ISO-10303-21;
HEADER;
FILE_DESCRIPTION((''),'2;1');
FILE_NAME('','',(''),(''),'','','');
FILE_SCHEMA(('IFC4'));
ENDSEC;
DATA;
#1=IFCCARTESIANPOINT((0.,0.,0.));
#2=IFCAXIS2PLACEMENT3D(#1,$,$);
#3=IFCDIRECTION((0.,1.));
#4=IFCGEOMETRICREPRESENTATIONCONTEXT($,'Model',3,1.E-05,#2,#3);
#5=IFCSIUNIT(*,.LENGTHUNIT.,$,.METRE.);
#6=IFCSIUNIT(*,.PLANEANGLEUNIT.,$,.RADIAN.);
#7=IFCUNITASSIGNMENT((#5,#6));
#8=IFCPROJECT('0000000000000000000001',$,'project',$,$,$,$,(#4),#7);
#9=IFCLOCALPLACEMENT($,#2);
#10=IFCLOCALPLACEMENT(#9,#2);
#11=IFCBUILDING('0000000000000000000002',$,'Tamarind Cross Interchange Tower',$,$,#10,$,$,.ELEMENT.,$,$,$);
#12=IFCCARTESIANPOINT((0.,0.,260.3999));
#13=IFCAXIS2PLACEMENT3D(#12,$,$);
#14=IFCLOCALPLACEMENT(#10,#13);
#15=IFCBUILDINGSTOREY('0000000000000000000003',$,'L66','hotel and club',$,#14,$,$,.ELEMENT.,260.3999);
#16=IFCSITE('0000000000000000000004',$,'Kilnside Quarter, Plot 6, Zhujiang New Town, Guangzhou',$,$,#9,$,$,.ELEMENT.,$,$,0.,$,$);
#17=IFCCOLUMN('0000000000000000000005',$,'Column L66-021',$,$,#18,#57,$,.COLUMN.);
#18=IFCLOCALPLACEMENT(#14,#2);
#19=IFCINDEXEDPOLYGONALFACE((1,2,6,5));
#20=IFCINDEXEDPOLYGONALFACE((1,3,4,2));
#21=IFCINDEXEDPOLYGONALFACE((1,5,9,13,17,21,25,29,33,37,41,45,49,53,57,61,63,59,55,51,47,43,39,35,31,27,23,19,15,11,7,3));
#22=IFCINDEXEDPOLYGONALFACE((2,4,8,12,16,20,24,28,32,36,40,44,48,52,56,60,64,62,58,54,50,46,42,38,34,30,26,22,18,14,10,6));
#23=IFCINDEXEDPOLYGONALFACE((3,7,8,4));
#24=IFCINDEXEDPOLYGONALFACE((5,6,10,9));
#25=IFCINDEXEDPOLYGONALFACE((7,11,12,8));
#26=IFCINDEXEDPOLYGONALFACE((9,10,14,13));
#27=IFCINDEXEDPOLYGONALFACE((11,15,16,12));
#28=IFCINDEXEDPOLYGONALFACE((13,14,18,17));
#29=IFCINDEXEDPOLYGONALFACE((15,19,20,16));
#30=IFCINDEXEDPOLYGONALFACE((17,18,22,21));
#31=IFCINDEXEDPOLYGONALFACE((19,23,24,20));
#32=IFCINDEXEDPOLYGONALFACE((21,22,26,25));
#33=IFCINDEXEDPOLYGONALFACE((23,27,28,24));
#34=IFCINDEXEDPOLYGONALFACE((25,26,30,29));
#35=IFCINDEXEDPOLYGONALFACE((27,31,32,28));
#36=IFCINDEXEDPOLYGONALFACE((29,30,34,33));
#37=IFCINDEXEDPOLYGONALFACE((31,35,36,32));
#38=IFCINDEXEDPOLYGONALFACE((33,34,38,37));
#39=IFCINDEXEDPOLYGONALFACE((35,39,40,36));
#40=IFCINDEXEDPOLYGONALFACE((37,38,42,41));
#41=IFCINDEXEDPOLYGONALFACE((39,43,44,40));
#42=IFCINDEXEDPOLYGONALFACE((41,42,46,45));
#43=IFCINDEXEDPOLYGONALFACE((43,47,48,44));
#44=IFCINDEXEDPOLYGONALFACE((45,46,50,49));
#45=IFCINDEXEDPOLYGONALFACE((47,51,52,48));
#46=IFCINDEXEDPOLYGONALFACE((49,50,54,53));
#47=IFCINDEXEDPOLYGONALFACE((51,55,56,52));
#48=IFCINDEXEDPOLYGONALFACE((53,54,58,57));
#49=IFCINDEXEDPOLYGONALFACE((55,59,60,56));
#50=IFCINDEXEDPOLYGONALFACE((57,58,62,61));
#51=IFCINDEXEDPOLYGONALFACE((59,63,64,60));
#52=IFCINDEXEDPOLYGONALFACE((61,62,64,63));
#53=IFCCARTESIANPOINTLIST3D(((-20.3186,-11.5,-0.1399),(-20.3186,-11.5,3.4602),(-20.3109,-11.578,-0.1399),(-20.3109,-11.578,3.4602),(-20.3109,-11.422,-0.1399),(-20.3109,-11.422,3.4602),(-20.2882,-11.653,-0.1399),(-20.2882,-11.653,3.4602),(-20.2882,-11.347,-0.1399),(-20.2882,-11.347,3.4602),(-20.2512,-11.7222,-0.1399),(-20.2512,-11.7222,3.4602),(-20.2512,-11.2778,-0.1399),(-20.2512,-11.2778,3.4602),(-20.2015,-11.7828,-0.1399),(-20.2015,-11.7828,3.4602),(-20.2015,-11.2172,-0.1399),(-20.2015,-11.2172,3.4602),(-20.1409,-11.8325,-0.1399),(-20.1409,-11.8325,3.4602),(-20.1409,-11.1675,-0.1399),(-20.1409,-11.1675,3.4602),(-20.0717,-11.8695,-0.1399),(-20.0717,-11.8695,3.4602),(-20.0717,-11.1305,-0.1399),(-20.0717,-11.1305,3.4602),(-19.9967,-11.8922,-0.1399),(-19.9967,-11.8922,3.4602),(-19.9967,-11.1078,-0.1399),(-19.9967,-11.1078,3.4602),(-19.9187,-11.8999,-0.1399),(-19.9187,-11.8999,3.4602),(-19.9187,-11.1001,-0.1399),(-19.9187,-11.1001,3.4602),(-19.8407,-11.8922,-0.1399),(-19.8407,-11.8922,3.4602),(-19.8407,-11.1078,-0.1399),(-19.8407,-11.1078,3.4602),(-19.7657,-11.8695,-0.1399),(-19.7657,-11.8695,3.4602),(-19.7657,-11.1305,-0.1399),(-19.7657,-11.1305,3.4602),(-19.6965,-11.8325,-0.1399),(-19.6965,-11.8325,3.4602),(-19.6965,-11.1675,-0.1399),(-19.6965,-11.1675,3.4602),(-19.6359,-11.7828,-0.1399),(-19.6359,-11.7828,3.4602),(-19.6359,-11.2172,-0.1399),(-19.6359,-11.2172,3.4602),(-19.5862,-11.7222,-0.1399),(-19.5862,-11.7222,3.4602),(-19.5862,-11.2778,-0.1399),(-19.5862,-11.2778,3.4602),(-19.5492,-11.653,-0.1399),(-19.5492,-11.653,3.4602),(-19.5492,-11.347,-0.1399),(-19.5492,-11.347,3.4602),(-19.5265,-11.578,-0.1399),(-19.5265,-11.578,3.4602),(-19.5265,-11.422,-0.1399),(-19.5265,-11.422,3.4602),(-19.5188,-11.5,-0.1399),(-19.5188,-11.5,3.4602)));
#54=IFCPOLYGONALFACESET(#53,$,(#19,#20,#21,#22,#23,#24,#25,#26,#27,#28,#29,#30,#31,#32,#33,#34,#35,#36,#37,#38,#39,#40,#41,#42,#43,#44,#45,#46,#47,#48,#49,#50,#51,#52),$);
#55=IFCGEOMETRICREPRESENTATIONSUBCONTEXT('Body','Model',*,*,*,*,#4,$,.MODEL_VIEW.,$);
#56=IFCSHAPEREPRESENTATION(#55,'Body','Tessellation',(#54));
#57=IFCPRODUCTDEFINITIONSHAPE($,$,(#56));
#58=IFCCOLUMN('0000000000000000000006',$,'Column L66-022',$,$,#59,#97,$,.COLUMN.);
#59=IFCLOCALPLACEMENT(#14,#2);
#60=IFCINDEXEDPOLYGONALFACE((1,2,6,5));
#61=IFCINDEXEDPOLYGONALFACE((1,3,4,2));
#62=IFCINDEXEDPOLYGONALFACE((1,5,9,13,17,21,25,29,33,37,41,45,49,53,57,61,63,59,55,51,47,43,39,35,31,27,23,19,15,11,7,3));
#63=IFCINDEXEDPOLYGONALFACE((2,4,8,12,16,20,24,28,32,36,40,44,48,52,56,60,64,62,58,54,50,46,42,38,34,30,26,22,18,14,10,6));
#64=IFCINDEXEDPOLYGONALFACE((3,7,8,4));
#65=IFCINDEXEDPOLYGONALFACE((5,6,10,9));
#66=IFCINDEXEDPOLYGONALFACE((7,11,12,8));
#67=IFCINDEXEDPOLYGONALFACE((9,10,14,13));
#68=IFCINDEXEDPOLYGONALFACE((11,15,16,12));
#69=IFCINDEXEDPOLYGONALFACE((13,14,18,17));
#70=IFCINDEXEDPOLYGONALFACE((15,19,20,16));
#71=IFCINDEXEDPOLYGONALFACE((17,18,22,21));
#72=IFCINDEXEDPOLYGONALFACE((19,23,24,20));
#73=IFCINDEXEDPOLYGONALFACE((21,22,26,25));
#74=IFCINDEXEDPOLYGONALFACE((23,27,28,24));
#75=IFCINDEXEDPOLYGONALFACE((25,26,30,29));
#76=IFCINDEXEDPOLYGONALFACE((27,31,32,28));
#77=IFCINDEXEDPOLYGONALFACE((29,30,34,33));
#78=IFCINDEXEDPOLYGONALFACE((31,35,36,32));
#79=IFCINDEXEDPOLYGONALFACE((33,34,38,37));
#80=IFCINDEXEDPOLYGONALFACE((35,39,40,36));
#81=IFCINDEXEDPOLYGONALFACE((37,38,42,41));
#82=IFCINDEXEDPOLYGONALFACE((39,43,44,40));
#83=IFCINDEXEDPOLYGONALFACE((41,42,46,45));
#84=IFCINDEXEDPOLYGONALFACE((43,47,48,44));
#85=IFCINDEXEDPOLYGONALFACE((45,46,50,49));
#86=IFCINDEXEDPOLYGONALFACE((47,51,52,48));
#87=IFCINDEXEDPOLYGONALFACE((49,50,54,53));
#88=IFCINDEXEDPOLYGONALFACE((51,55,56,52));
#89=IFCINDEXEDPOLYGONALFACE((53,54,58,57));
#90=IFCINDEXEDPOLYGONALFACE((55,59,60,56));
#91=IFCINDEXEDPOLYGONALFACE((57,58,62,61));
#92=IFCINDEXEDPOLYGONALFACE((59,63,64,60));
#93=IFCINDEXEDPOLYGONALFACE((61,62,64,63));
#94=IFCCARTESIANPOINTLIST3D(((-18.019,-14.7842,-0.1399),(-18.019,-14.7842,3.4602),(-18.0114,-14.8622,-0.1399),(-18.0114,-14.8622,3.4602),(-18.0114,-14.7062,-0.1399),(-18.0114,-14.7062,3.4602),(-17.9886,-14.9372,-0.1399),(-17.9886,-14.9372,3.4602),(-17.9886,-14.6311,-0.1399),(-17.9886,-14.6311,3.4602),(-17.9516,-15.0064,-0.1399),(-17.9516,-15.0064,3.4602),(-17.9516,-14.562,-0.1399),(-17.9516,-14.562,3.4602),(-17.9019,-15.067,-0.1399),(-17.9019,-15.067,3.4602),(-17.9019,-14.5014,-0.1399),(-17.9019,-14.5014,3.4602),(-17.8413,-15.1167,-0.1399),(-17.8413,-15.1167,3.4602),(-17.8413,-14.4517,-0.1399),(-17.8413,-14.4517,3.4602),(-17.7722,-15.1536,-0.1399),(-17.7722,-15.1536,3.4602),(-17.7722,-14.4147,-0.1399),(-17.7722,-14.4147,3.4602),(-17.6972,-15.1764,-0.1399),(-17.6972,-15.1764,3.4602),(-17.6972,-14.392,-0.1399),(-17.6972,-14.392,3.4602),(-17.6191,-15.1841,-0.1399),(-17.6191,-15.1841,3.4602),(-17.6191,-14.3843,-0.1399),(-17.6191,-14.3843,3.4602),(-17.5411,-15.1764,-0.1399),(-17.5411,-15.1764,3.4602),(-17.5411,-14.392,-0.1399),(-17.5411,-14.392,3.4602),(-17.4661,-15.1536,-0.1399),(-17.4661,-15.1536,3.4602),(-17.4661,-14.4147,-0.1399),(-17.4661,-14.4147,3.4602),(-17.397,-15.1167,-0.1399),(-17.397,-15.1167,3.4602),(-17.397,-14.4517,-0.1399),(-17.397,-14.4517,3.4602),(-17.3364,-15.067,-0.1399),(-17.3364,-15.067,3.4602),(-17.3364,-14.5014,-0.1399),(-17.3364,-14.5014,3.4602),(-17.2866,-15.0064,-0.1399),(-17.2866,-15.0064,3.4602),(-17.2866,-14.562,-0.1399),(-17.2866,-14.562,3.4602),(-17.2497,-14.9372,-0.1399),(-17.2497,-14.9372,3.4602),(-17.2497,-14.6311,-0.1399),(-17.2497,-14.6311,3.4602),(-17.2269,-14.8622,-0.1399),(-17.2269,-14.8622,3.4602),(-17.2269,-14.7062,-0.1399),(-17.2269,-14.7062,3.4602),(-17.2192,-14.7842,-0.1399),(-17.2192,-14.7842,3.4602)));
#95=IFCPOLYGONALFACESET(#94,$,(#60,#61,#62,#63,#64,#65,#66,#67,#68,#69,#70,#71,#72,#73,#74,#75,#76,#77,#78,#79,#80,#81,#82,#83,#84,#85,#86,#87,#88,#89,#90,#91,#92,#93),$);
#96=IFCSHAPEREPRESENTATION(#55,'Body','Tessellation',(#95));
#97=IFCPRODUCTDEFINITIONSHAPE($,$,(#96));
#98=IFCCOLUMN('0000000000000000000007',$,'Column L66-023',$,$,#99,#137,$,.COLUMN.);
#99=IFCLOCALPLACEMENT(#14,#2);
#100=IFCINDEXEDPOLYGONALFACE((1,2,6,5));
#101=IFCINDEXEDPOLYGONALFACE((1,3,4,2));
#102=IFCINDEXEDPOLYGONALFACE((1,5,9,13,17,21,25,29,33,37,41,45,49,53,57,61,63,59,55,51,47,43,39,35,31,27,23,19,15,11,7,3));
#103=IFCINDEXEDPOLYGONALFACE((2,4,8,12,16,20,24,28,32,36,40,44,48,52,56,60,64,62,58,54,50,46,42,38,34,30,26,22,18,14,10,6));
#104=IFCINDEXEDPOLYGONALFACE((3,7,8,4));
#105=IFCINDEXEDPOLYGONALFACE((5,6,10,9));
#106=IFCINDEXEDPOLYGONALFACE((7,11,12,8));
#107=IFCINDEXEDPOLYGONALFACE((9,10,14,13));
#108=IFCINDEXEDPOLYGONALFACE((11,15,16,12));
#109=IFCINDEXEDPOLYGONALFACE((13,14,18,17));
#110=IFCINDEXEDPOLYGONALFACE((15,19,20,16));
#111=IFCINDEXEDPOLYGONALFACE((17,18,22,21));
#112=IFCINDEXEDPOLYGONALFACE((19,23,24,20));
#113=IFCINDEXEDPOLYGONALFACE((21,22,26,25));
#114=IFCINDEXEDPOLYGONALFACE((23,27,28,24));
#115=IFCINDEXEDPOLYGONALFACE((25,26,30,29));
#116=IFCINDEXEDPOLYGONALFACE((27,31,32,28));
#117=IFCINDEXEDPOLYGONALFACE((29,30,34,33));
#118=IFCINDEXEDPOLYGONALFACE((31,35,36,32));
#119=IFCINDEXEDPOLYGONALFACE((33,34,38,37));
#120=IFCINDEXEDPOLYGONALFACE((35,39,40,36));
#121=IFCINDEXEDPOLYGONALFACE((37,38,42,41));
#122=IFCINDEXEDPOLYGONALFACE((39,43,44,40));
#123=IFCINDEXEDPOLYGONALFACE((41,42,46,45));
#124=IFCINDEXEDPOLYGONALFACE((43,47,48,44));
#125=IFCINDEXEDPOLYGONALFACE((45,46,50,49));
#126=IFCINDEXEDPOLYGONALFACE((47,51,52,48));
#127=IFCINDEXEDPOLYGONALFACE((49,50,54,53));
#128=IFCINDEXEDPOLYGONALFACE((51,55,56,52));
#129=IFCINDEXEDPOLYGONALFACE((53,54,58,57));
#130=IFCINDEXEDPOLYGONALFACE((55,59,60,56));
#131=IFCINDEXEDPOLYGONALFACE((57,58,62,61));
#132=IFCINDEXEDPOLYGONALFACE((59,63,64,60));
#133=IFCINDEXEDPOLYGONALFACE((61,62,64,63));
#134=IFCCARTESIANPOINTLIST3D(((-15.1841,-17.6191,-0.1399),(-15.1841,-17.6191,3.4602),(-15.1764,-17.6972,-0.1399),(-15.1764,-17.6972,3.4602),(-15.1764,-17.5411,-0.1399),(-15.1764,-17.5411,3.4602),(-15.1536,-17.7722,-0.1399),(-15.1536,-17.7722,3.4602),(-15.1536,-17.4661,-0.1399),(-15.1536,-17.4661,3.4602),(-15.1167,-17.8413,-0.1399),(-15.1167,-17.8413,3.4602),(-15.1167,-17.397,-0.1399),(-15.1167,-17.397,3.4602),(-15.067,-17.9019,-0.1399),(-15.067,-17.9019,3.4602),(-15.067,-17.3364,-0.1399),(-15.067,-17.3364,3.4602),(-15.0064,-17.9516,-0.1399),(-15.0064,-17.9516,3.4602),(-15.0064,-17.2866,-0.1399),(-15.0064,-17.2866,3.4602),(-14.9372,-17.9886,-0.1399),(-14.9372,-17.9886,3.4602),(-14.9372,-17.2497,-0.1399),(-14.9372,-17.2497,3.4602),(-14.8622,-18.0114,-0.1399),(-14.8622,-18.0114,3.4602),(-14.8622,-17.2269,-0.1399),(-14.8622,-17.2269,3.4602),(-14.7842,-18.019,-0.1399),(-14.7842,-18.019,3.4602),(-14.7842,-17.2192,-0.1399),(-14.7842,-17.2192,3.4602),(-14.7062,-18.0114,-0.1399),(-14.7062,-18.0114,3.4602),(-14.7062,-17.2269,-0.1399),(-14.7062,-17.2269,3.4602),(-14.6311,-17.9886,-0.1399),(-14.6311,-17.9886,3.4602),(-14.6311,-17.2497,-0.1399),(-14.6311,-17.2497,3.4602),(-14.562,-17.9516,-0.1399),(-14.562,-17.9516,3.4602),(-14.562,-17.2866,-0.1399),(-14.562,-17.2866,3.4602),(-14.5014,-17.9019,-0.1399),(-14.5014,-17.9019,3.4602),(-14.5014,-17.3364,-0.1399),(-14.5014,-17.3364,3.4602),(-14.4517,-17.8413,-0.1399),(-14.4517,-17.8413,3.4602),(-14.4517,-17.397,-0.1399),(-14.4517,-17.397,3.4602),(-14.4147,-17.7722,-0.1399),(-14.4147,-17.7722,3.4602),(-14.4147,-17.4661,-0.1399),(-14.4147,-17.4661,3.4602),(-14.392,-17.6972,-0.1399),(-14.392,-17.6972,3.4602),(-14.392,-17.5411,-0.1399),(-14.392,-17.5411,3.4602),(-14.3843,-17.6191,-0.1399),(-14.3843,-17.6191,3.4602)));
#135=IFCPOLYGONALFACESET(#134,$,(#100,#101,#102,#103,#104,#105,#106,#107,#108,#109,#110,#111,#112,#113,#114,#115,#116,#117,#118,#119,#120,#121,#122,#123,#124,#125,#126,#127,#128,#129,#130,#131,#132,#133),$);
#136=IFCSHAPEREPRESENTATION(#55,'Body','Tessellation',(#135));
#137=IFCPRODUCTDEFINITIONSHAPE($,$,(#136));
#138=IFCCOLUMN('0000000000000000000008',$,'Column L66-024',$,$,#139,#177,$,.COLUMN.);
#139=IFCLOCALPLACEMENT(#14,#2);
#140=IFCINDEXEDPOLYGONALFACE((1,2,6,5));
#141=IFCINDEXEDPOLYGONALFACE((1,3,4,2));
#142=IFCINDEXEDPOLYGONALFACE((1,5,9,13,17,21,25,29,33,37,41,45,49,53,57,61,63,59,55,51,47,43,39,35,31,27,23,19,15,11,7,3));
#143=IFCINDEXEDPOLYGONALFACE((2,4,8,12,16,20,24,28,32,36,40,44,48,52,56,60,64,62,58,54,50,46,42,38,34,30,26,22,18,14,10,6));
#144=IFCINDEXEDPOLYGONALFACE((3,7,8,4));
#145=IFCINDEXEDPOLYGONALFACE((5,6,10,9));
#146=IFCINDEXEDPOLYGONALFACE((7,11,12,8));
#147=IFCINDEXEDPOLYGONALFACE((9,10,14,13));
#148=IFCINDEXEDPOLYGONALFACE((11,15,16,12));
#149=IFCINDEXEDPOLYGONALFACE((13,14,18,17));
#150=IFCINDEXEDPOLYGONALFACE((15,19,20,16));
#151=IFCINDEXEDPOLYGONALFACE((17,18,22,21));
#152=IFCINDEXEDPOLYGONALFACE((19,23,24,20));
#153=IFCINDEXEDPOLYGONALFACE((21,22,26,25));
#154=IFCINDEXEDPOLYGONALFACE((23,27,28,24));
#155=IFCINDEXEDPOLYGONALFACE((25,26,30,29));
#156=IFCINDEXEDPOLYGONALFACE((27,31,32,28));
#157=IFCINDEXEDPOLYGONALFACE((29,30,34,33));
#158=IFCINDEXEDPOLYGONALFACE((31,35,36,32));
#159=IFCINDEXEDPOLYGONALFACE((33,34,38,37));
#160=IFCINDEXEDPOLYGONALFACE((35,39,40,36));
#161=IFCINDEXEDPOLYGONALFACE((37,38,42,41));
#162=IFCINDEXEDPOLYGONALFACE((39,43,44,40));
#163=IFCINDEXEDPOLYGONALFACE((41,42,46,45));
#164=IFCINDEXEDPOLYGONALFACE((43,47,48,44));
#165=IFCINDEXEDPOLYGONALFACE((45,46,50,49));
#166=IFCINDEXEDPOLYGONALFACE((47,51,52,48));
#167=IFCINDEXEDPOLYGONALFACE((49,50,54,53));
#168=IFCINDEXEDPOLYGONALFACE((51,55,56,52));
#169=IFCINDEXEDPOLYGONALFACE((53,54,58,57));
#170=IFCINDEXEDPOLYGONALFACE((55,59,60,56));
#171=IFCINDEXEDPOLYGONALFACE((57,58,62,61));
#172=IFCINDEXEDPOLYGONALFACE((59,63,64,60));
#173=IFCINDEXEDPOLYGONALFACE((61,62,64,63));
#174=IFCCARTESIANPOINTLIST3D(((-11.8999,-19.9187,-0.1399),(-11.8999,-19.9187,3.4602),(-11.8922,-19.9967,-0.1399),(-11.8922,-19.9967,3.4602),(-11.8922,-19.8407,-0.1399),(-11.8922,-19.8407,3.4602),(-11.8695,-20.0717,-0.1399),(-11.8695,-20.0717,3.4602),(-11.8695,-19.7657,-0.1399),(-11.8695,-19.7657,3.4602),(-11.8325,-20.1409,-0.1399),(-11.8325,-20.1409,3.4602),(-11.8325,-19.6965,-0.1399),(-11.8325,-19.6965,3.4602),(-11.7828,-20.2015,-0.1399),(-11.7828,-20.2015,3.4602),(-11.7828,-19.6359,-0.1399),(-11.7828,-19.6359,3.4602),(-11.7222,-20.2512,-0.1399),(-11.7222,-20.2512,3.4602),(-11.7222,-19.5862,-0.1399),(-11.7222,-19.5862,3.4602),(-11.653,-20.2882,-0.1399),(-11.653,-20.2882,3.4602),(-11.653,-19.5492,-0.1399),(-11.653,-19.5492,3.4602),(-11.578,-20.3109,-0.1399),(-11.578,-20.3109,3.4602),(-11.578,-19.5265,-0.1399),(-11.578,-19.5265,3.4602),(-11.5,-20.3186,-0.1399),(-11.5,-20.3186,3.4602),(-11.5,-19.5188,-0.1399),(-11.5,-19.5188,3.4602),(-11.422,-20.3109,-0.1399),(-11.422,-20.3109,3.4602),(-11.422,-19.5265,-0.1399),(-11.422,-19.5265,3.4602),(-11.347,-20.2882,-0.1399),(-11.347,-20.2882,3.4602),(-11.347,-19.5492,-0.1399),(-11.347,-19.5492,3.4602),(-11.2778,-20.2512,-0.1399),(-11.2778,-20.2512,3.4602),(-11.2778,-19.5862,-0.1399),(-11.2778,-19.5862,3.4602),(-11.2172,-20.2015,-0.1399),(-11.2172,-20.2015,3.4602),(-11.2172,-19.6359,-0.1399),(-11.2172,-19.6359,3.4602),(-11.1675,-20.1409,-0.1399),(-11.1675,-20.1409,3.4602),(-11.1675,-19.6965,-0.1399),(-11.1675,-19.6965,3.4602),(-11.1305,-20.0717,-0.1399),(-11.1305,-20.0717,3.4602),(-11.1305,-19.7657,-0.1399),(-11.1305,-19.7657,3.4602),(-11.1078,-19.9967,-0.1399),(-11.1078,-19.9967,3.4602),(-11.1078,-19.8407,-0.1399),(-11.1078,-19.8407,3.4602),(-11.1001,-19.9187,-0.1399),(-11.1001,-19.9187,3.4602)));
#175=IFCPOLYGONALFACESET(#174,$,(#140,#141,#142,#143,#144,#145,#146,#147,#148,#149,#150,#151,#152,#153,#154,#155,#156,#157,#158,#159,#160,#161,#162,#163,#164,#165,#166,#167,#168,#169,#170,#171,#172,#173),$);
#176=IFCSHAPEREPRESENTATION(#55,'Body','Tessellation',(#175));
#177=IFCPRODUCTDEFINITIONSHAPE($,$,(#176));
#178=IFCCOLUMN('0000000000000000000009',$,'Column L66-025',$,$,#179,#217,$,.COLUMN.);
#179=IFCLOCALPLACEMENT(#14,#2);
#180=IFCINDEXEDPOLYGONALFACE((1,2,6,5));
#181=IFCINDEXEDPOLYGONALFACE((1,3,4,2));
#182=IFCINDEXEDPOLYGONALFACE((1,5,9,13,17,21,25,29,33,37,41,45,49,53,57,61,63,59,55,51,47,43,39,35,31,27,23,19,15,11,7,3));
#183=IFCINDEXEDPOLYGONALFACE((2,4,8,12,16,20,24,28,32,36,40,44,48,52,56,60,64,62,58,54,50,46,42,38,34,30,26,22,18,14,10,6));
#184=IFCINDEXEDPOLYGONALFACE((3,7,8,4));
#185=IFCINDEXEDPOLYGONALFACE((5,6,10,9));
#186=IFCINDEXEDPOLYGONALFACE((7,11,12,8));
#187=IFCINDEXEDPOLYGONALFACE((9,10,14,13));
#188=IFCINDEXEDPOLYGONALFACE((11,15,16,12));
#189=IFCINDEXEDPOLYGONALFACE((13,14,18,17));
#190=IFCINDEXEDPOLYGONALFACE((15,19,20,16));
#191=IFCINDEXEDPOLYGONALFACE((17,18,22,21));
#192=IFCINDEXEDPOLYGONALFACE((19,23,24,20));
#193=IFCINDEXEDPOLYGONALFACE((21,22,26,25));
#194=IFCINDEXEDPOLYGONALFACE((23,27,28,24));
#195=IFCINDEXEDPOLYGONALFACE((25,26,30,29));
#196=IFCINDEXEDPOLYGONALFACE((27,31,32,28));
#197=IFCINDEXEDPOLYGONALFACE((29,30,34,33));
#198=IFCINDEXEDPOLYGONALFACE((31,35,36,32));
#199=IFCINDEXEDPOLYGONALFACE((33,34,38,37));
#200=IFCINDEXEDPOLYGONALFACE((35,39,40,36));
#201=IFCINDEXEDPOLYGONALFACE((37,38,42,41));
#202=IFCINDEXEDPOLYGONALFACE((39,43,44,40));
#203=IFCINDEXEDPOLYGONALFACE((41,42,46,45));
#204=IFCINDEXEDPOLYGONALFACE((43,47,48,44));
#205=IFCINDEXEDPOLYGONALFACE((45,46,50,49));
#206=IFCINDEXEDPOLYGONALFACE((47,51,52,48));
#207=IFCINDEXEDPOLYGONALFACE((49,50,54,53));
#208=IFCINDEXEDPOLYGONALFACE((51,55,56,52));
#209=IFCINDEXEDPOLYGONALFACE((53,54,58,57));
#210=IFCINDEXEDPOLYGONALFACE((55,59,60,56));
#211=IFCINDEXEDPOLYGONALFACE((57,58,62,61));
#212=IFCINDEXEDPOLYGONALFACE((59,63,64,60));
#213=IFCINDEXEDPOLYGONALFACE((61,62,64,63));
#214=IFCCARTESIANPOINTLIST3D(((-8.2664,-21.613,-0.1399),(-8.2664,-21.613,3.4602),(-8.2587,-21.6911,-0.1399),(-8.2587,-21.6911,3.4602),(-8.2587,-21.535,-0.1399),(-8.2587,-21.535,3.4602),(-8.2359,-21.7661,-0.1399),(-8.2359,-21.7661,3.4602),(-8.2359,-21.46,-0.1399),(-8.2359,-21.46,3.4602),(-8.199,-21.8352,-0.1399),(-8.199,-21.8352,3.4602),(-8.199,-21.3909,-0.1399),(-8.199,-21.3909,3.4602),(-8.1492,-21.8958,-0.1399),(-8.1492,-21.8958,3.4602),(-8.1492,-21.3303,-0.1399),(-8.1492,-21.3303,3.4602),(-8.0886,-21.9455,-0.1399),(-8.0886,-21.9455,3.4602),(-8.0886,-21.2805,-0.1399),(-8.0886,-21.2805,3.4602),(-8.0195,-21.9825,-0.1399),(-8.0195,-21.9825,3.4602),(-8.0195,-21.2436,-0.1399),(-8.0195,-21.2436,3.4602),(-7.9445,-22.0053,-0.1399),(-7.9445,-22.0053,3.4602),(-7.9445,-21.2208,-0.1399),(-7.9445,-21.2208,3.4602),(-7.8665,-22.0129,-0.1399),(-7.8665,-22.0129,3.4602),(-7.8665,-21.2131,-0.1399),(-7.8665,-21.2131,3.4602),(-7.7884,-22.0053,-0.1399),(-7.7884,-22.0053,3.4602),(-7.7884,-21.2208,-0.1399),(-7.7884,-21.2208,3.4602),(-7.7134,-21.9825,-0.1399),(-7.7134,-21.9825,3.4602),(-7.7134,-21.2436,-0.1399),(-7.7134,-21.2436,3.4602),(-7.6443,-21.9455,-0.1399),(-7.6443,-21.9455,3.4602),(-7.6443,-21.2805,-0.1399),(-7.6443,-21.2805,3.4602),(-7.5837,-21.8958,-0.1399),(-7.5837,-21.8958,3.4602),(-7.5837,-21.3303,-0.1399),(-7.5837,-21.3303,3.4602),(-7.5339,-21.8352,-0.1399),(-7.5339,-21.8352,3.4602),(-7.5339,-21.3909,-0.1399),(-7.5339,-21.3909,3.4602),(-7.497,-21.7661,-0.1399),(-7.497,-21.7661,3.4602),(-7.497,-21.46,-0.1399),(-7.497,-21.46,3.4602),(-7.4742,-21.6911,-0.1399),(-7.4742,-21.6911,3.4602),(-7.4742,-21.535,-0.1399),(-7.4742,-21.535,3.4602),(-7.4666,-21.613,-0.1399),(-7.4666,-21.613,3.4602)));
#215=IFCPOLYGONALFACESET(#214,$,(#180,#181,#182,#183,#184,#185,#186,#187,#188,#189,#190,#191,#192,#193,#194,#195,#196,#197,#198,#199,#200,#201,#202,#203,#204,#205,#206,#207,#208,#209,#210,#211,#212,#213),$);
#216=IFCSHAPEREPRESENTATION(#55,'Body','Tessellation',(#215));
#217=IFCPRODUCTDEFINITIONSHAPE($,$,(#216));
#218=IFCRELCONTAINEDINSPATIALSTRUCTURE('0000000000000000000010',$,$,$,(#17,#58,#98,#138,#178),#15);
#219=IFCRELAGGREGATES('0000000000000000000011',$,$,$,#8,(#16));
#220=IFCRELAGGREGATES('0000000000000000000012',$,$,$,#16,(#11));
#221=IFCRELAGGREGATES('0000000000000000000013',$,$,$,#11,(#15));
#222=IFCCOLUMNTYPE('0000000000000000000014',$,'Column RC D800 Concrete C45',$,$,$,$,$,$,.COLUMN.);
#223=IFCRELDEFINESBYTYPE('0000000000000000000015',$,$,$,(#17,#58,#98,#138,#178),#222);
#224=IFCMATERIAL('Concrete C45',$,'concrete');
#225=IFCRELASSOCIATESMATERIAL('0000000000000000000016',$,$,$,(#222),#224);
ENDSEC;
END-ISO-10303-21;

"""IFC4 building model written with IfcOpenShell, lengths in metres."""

from ifc_helpers import new_model, si_unit, direction, frame, origin, origin_2d, place, context, subcontext, project, spatial, circle, extrude, material, material_profile, profile_set, type_object, element, save


model = new_model("IFC4")

# Units and contexts
model_context = context("Model", 3, precision=1e-05, world=origin(), true_north=direction((0.0, 1.0)))
body_context = subcontext(model_context, "Body", "Model", "MODEL_VIEW")
ifc_project = project(units=[si_unit("LENGTHUNIT", "METRE"), si_unit("PLANEANGLEUNIT", "RADIAN")], contexts=[model_context])

# Site, building, storey
site_placement = place(None, origin())
site = spatial("IfcSite", under=ifc_project, at=site_placement, Name="Kilnside Quarter, Plot 6, Zhujiang New Town, Guangzhou", CompositionType="ELEMENT", RefElevation=0.0)
building_placement = place(site_placement, origin())
building = spatial("IfcBuilding", under=site, at=building_placement, Name="Tamarind Cross Interchange Tower", CompositionType="ELEMENT")
storey_placement = place(building_placement, frame((0.0, 0.0, 260.3999)))
storey = spatial("IfcBuildingStorey", under=building, at=storey_placement, Name="L66", Description="hotel and club", CompositionType="ELEMENT", Elevation=260.3999)

# Columns
ifc_material_1 = material(Name="Concrete C45", Category="concrete")
ifc_material_profile_1 = material_profile(ifc_material_1, circle(Radius=0.3999, at=origin_2d()), Name="RC D800")
ifc_profile_set_1 = profile_set([ifc_material_profile_1], Name="Concrete C45")
column_type = type_object("IfcColumnType", Name="Column RC D800 Concrete C45", PredefinedType="COLUMN", material=ifc_profile_set_1)
for number, where, z_axis, x_axis, name in (
    (1, (-19.9187, -11.5, -0.1399), (0.0, 0.0, 1.0), (1.0, 0.0, 0.0), "Column L66-021"),
    (2, (-17.6191, -14.7842, -0.1399), (0.0, 0.0, 1.0), (1.0, 0.0, 0.0), "Column L66-022"),
    (3, (-14.7842, -17.6191, -0.1399), (0.0, 0.0, 1.0), (1.0, 0.0, 0.0), "Column L66-023"),
    (4, (-11.5, -19.9187, -0.1399), (0.0, 0.0, 1.0), (1.0, 0.0, 0.0), "Column L66-024"),
    (5, (-7.8665, -21.613, -0.1399), (0.0, 0.0, 1.0), (1.0, 0.0, 0.0), "Column L66-025"),
):
    element("IfcColumn", number, at=place(storey_placement, frame(where, z_axis=z_axis, x_axis=x_axis)), inside=storey, type_object=column_type, Name=name, PredefinedType="COLUMN", context=body_context, shape_type="SweptSolid", body=[
        extrude(circle(Radius=0.3999, at=origin_2d()), origin(), (0.0, 0.0, 1.0), 3.6001),
    ])

save(model, "model.ifc")
